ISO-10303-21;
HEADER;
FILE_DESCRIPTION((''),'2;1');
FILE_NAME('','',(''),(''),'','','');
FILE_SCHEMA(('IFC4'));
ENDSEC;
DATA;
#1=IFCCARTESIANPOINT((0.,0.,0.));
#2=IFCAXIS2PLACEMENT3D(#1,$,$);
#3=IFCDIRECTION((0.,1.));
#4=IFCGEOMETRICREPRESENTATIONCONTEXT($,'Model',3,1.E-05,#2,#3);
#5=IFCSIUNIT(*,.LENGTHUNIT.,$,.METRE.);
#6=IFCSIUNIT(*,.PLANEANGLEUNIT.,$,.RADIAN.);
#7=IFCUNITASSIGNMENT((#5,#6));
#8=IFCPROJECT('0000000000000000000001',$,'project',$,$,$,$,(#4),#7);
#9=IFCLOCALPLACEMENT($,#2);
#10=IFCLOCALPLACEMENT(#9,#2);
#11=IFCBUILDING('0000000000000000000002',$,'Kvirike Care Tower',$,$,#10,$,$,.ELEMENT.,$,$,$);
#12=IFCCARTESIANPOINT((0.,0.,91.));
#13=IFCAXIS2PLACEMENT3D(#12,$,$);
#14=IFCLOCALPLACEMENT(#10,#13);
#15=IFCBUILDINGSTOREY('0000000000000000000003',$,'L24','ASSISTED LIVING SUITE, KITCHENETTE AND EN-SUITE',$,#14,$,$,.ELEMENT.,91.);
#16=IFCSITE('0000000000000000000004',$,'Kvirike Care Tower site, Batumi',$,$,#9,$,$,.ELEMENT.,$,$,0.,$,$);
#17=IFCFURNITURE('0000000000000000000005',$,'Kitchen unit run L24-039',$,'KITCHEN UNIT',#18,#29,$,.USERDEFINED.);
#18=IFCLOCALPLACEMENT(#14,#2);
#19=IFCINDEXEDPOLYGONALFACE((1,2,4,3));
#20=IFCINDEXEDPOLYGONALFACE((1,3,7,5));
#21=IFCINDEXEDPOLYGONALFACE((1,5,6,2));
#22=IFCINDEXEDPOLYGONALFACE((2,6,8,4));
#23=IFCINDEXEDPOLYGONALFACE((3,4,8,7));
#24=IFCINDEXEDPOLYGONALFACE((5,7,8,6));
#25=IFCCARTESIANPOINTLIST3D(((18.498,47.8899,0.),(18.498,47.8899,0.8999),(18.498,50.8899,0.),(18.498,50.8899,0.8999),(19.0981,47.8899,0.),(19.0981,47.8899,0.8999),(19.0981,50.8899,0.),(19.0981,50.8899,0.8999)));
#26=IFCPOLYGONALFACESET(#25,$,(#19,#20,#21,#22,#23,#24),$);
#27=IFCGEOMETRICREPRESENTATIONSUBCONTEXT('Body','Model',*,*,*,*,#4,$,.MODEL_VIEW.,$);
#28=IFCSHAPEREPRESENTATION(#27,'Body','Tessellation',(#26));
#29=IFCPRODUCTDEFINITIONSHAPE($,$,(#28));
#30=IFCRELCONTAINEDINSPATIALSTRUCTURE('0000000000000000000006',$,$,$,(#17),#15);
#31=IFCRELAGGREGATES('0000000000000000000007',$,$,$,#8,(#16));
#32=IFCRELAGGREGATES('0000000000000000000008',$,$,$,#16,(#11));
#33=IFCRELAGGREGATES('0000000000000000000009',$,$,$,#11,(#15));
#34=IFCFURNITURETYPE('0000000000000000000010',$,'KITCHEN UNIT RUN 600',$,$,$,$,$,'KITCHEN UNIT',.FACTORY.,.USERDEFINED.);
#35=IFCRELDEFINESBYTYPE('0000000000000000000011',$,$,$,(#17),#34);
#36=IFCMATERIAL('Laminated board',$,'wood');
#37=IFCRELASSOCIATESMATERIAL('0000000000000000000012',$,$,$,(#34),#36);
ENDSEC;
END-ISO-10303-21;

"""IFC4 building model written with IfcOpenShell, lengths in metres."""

from ifc_helpers import new_model, si_unit, direction, frame, origin, origin_2d, place, context, subcontext, project, spatial, rectangle, extrude, material, type_object, element, save


model = new_model("IFC4")

# Units and contexts
model_context = context("Model", 3, precision=1e-05, world=origin(), true_north=direction((0.0, 1.0)))
body_context = subcontext(model_context, "Body", "Model", "MODEL_VIEW")
ifc_project = project(units=[si_unit("LENGTHUNIT", "METRE"), si_unit("PLANEANGLEUNIT", "RADIAN")], contexts=[model_context])

# Site, building, storey
site_placement = place(None, origin())
site = spatial("IfcSite", under=ifc_project, at=site_placement, Name="Kvirike Care Tower site, Batumi", CompositionType="ELEMENT", RefElevation=0.0)
building_placement = place(site_placement, origin())
building = spatial("IfcBuilding", under=site, at=building_placement, Name="Kvirike Care Tower", CompositionType="ELEMENT")
storey_placement = place(building_placement, frame((0.0, 0.0, 91.0)))
storey = spatial("IfcBuildingStorey", under=building, at=storey_placement, Name="L24", Description="ASSISTED LIVING SUITE, KITCHENETTE AND EN-SUITE", CompositionType="ELEMENT", Elevation=91.0)

# Furniture
ifc_material_1 = material(Name="Laminated board", Category="wood")
furniture_type = type_object("IfcFurnitureType", Name="KITCHEN UNIT RUN 600", ElementType="KITCHEN UNIT", AssemblyPlace="FACTORY", PredefinedType="USERDEFINED", material=ifc_material_1)
for number, where, z_axis, x_axis, name in (
    (1, (18.7981, 49.3899, 0.0), (0.0, 0.0, 1.0), (0.0, -1.0, 0.0), "Kitchen unit run L24-039"),
):
    element("IfcFurniture", number, at=place(storey_placement, frame(where, z_axis=z_axis, x_axis=x_axis)), inside=storey, type_object=furniture_type, Name=name, ObjectType="KITCHEN UNIT", PredefinedType="USERDEFINED", context=body_context, shape_type="SweptSolid", body=[
        extrude(rectangle(XDim=3.0, YDim=0.6001, at=origin_2d()), origin(), (0.0, 0.0, 1.0), 0.8999),
    ])

save(model, "model.ifc")
